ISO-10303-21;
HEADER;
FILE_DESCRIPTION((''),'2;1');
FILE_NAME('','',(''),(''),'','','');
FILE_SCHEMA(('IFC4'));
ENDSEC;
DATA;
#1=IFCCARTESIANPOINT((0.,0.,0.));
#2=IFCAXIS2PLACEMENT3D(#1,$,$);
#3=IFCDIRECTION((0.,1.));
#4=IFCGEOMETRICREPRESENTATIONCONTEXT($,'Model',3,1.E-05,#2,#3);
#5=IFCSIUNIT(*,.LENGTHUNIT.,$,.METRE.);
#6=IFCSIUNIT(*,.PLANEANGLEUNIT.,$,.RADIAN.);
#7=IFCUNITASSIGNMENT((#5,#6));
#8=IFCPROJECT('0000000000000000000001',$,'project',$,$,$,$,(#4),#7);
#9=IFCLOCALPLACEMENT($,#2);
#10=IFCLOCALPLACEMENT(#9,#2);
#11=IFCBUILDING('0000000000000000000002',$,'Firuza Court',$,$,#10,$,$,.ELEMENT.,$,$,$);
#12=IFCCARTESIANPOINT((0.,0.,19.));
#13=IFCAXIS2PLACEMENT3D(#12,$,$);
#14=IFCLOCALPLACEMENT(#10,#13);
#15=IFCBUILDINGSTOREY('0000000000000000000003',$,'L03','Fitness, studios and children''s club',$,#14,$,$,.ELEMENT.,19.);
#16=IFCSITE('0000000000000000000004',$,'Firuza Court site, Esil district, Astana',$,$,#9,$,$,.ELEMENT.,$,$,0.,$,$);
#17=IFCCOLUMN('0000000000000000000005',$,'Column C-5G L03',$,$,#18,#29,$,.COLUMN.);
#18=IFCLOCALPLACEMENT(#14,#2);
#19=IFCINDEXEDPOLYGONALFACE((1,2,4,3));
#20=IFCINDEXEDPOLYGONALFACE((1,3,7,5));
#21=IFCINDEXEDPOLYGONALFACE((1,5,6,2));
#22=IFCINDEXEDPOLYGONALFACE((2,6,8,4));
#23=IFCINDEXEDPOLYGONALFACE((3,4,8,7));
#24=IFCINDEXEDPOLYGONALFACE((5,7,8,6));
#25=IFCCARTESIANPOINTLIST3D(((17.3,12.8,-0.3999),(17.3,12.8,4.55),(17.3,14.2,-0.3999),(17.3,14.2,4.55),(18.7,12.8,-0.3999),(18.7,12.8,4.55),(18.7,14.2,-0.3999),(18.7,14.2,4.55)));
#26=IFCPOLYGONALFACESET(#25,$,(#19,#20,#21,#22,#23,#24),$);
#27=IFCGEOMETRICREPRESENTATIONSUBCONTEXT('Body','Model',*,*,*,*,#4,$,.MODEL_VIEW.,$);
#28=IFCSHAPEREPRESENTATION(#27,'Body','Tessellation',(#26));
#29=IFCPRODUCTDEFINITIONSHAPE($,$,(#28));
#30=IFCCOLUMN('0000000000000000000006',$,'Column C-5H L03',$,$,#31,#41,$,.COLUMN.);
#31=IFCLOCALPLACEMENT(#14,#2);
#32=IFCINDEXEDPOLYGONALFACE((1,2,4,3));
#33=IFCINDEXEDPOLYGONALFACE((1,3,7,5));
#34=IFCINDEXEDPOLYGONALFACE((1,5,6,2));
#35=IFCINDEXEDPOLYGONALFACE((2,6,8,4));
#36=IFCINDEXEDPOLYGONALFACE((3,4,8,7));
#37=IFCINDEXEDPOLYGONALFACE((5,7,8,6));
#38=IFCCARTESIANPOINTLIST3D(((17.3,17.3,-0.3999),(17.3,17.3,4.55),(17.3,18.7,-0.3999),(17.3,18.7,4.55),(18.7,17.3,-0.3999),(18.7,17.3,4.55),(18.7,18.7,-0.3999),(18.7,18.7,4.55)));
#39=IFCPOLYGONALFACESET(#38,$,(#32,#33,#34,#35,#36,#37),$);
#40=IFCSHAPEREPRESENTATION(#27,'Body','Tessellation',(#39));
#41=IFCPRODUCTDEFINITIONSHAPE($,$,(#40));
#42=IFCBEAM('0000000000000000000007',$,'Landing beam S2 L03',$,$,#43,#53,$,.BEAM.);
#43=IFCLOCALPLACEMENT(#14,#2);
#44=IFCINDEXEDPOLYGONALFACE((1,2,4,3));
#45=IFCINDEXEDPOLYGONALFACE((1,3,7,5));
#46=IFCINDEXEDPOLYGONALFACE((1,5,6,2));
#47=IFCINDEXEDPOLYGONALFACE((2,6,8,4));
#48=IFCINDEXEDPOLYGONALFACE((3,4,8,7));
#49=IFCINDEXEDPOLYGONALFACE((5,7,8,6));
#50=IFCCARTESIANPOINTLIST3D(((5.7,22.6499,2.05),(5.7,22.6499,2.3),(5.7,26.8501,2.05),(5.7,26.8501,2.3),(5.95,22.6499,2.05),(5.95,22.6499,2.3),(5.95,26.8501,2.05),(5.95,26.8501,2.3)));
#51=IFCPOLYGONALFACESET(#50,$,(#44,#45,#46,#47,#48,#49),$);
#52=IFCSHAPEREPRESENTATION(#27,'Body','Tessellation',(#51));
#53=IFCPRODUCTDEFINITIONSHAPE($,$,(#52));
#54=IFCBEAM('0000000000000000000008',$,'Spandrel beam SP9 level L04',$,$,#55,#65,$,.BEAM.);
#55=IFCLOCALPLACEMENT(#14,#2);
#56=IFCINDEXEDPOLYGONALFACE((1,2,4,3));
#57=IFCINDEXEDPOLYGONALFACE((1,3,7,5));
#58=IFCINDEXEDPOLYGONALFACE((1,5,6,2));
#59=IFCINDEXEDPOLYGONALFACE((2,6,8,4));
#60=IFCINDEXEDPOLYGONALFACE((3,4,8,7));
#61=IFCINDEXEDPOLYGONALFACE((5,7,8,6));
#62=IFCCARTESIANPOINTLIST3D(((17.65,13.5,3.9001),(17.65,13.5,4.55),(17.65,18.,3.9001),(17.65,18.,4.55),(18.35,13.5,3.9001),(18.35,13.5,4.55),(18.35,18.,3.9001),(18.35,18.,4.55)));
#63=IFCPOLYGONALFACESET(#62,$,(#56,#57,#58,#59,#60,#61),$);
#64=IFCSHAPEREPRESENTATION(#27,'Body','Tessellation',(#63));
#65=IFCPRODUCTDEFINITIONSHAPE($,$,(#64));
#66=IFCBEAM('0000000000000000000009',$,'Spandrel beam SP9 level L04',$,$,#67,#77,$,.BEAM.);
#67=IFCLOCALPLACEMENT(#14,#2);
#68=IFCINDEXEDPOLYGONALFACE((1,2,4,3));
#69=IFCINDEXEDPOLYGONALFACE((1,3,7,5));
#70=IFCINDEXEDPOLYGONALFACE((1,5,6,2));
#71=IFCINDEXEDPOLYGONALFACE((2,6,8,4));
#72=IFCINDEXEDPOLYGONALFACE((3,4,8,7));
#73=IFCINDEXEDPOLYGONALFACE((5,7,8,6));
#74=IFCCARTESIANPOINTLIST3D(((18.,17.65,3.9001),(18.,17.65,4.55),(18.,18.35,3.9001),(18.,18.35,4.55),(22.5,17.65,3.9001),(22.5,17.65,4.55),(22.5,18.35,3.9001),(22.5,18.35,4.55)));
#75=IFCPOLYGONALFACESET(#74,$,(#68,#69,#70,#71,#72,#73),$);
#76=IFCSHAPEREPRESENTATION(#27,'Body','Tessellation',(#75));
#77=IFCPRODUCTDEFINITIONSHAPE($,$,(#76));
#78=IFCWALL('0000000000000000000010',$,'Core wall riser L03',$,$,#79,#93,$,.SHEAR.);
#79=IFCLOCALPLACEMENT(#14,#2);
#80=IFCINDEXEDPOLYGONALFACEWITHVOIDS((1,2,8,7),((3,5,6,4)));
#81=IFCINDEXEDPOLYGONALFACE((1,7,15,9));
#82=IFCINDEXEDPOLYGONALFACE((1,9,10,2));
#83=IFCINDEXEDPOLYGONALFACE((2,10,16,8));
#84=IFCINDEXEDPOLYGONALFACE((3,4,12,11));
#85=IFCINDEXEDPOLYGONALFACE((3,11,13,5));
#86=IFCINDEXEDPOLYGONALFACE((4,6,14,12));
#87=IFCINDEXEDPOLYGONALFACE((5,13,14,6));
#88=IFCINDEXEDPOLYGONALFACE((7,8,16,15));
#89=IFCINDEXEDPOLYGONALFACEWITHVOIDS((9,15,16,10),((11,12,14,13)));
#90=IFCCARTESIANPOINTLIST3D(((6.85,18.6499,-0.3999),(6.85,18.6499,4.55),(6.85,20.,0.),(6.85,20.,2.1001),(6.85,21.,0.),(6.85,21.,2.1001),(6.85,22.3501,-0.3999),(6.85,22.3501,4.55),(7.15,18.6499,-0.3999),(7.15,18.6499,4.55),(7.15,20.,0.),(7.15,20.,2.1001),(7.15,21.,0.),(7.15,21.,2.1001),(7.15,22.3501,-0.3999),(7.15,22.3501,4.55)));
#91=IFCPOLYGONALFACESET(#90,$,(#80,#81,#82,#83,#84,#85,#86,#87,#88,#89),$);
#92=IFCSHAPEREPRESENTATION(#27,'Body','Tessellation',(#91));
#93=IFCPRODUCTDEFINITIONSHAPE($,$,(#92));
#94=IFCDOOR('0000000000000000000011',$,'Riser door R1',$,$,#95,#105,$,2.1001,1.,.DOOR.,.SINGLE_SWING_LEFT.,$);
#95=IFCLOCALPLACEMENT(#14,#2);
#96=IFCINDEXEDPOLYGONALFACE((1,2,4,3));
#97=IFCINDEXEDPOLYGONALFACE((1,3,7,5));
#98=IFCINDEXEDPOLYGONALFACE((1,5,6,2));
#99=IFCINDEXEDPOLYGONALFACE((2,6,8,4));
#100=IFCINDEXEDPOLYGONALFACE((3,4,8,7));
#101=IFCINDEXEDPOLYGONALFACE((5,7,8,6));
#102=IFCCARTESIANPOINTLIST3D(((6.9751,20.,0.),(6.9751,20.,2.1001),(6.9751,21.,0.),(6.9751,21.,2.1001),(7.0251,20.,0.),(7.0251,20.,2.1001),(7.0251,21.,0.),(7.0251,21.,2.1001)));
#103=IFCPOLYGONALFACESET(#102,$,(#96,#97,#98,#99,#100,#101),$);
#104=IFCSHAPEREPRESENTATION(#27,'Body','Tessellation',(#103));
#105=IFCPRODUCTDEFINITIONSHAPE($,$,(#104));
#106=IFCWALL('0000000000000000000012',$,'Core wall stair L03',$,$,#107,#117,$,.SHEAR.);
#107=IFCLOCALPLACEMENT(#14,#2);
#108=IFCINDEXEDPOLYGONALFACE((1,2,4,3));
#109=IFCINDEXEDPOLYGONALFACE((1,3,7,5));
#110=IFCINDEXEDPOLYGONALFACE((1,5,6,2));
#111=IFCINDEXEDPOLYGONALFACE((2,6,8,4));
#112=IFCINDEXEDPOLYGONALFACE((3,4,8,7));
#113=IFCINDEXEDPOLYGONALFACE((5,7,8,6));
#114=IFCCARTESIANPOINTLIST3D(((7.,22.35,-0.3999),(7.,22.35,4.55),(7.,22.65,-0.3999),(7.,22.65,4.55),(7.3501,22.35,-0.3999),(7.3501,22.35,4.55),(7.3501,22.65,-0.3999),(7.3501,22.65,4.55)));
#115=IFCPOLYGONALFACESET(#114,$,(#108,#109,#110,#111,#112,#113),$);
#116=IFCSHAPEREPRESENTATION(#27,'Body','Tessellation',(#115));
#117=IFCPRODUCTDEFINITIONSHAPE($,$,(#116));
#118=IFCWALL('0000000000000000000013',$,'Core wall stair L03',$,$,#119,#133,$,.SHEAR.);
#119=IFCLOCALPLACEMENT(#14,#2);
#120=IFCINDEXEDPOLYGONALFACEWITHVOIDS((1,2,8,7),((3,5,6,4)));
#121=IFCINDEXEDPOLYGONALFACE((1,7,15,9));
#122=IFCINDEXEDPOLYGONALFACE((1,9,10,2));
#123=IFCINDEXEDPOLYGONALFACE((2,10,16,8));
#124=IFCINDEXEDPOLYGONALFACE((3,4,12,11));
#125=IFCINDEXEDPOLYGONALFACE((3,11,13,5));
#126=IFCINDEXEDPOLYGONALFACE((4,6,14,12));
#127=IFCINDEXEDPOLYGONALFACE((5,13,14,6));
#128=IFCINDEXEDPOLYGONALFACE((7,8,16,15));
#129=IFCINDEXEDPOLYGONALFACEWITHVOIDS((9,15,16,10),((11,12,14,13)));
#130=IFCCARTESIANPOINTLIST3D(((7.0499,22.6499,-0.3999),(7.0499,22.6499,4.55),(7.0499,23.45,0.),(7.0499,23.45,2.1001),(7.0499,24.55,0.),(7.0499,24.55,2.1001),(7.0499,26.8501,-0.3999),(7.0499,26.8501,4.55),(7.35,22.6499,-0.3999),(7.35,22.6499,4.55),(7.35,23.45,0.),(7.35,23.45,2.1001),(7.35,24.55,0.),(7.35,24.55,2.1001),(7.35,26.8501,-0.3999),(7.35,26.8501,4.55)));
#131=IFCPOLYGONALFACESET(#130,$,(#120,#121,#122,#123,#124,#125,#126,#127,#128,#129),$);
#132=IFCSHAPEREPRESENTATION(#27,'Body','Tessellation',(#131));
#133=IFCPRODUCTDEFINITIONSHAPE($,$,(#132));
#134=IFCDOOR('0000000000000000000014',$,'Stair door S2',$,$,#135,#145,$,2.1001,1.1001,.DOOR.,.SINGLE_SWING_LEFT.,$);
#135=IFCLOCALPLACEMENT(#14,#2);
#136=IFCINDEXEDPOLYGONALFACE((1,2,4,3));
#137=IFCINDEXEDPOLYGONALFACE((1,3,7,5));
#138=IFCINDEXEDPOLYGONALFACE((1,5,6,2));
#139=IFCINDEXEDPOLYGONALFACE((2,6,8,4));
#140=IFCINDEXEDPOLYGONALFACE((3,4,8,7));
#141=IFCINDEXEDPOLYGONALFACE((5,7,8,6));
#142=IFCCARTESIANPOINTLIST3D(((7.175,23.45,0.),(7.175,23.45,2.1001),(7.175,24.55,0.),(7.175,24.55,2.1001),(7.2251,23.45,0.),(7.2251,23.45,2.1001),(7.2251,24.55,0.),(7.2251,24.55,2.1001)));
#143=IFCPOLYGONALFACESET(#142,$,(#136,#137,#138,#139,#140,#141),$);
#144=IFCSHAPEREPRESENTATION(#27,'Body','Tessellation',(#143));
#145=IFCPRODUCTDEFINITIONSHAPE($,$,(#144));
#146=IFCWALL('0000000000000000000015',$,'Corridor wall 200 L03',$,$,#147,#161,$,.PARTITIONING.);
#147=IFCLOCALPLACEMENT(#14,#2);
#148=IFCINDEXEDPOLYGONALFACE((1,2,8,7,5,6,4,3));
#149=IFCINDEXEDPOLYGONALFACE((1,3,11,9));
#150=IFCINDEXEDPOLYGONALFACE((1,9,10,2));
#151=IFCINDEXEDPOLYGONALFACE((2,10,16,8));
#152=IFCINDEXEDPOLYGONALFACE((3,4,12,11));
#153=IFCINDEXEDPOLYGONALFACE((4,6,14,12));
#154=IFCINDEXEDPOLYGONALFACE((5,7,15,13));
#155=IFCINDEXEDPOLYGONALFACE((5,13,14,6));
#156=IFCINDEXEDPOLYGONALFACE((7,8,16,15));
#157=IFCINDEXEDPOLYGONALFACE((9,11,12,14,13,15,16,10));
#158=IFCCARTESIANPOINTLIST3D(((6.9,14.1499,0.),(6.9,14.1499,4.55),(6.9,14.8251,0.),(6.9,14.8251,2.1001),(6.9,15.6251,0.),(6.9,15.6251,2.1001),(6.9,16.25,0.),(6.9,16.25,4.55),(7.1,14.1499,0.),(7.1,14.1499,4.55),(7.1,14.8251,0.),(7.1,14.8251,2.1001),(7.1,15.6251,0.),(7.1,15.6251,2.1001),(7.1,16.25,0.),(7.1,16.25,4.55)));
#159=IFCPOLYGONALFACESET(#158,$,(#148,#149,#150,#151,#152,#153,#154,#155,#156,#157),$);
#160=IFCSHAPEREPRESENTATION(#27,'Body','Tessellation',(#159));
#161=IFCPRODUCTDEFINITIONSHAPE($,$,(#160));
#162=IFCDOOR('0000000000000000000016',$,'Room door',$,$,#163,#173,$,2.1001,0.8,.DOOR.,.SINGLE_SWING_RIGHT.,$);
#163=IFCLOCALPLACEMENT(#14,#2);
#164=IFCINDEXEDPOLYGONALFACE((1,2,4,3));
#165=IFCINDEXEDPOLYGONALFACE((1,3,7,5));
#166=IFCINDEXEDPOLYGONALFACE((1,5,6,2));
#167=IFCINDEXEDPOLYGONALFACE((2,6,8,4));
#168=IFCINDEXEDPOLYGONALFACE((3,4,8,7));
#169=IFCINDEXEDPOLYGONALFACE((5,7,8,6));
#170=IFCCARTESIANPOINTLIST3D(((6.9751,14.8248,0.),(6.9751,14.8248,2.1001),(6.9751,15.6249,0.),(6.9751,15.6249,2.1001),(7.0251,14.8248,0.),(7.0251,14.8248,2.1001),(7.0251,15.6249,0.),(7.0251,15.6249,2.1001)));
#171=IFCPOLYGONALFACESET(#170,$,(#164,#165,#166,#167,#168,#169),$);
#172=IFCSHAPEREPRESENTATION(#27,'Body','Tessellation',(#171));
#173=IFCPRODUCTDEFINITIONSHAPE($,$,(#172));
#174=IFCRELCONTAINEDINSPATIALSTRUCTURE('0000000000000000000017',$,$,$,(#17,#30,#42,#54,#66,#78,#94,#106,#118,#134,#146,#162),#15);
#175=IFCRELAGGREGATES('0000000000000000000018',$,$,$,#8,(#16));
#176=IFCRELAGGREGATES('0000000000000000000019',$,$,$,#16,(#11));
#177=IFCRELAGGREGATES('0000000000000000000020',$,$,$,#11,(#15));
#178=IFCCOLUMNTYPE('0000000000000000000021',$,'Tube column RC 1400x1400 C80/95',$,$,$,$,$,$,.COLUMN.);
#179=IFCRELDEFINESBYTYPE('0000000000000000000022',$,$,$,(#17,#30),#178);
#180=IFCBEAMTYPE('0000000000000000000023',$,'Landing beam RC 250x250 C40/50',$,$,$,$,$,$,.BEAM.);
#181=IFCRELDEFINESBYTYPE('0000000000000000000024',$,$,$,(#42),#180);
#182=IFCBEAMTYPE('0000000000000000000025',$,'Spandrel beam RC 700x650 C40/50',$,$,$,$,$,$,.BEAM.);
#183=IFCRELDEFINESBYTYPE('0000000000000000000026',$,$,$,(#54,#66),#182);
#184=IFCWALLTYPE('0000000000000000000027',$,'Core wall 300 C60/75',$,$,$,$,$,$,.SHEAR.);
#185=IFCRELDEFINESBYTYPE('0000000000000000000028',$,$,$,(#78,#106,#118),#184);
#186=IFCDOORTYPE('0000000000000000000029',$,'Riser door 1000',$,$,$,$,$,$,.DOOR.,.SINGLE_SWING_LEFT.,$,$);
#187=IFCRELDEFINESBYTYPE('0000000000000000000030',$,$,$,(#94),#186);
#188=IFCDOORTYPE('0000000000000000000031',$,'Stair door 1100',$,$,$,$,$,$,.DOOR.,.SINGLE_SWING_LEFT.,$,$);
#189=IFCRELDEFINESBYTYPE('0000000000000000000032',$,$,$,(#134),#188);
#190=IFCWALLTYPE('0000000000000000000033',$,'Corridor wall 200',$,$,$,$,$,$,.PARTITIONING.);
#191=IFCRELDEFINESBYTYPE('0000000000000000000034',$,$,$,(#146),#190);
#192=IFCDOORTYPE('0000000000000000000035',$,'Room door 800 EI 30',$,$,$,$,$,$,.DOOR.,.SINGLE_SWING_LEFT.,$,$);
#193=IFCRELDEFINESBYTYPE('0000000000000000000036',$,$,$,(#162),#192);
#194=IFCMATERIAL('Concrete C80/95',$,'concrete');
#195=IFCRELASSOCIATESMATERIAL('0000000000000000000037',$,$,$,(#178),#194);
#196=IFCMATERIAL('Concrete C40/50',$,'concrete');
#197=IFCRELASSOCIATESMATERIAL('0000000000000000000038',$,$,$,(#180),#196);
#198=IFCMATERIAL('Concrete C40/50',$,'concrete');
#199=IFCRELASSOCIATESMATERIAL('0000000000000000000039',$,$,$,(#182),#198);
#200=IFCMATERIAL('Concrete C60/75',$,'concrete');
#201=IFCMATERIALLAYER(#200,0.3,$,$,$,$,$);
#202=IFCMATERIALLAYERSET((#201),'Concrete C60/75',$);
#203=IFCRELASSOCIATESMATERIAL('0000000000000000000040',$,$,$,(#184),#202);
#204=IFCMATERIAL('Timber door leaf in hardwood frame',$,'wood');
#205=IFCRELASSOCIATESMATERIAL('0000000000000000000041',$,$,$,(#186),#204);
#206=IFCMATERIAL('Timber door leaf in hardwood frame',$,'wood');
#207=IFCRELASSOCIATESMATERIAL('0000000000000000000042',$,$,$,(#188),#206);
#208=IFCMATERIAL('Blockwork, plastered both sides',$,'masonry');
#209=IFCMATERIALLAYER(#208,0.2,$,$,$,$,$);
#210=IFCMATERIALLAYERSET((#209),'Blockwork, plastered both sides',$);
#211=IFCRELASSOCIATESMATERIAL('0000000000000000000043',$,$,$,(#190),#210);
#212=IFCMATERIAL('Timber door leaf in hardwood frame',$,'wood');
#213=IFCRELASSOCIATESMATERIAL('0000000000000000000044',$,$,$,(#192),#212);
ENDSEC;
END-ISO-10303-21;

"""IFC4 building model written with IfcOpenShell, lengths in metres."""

from ifc_helpers import new_model, si_unit, direction, frame, frame_2d, origin, origin_2d, place, context, subcontext, project, spatial, rectangle, extrude, material, layer, layer_set, material_profile, profile_set, type_object, element, fill, save


model = new_model("IFC4")

# Units and contexts
model_context = context("Model", 3, precision=1e-05, world=origin(), true_north=direction((0.0, 1.0)))
body_context = subcontext(model_context, "Body", "Model", "MODEL_VIEW")
ifc_project = project(units=[si_unit("LENGTHUNIT", "METRE"), si_unit("PLANEANGLEUNIT", "RADIAN")], contexts=[model_context])

# Site, building, storey
site_placement = place(None, origin())
site = spatial("IfcSite", under=ifc_project, at=site_placement, Name="Firuza Court site, Esil district, Astana", CompositionType="ELEMENT", RefElevation=0.0)
building_placement = place(site_placement, origin())
building = spatial("IfcBuilding", under=site, at=building_placement, Name="Firuza Court", CompositionType="ELEMENT")
storey_placement = place(building_placement, frame((0.0, 0.0, 19.0)))
storey = spatial("IfcBuildingStorey", under=building, at=storey_placement, Name="L03", Description="Fitness, studios and children's club", CompositionType="ELEMENT", Elevation=19.0)

# Columns
ifc_material_1 = material(Name="Concrete C80/95", Category="concrete")
ifc_material_profile_1 = material_profile(ifc_material_1, rectangle(XDim=1.3999, YDim=1.3999, at=origin_2d()), Name="RC 1400x1400")
ifc_profile_set_1 = profile_set([ifc_material_profile_1], Name="Concrete C80/95")
column_type = type_object("IfcColumnType", Name="Tube column RC 1400x1400 C80/95", PredefinedType="COLUMN", material=ifc_profile_set_1)
for number, where, z_axis, x_axis, name in (
    (1, (18.0, 13.5, -0.3999), (0.0, 0.0, 1.0), (1.0, 0.0, 0.0), "Column C-5G L03"),
    (2, (18.0, 18.0, -0.3999), (0.0, 0.0, 1.0), (1.0, 0.0, 0.0), "Column C-5H L03"),
):
    element("IfcColumn", number, at=place(storey_placement, frame(where, z_axis=z_axis, x_axis=x_axis)), inside=storey, type_object=column_type, Name=name, PredefinedType="COLUMN", context=body_context, shape_type="SweptSolid", body=[
        extrude(rectangle(XDim=1.3999, YDim=1.3999, at=origin_2d()), origin(), (0.0, 0.0, 1.0), 4.95),
    ])

# Beams
ifc_material_2 = material(Name="Concrete C40/50", Category="concrete")
ifc_material_profile_2 = material_profile(ifc_material_2, rectangle(XDim=0.25, YDim=0.25, at=origin_2d()), Name="RC 250x250")
ifc_profile_set_2 = profile_set([ifc_material_profile_2], Name="Concrete C40/50")
beam_type_1 = type_object("IfcBeamType", Name="Landing beam RC 250x250 C40/50", PredefinedType="BEAM", material=ifc_profile_set_2)
beam_placement = place(storey_placement, frame((5.825, 22.6499, 2.175), z_axis=(0.0, 1.0, 0.0), x_axis=(-1.0, 0.0, 0.0)))
element("IfcBeam", 3, at=beam_placement, inside=storey, type_object=beam_type_1, Name="Landing beam S2 L03", PredefinedType="BEAM", context=body_context, shape_type="SweptSolid", body=[
    extrude(rectangle(XDim=0.25, YDim=0.25, at=origin_2d()), origin(), (0.0, 0.0, 1.0), 4.2002),
])
ifc_material_3 = material(Name="Concrete C40/50", Category="concrete")
ifc_material_profile_3 = material_profile(ifc_material_3, rectangle(XDim=0.7, YDim=0.6499, at=origin_2d()), Name="RC 700x650")
ifc_profile_set_3 = profile_set([ifc_material_profile_3], Name="Concrete C40/50")
beam_type_2 = type_object("IfcBeamType", Name="Spandrel beam RC 700x650 C40/50", PredefinedType="BEAM", material=ifc_profile_set_3)
for number, where, z_axis, x_axis, name in (
    (4, (18.0, 13.5, 4.2251), (0.0, 1.0, 0.0), (-1.0, 0.0, 0.0), "Spandrel beam SP9 level L04"),
    (5, (18.0, 18.0, 4.2251), (1.0, 0.0, 0.0), (0.0, 1.0, 0.0), "Spandrel beam SP9 level L04"),
):
    element("IfcBeam", number, at=place(storey_placement, frame(where, z_axis=z_axis, x_axis=x_axis)), inside=storey, type_object=beam_type_2, Name=name, PredefinedType="BEAM", context=body_context, shape_type="SweptSolid", body=[
        extrude(rectangle(XDim=0.7, YDim=0.6499, at=origin_2d()), origin(), (0.0, 0.0, 1.0), 4.5),
    ])

# Wall, opening, door
ifc_material_4 = material(Name="Concrete C60/75", Category="concrete")
ifc_layer_1 = layer(ifc_material_4, 0.3)
ifc_layer_set_1 = layer_set([ifc_layer_1], Name="Concrete C60/75")
wall_type_1 = type_object("IfcWallType", Name="Core wall 300 C60/75", PredefinedType="SHEAR", material=ifc_layer_set_1)
wall_1_placement = place(storey_placement, frame((7.0, 18.6499, -0.3999), z_axis=(0.0, 0.0, 1.0), x_axis=(0.0, 1.0, 0.0)))
wall_1 = element("IfcWall", 6, at=wall_1_placement, inside=storey, type_object=wall_type_1, Name="Core wall riser L03", PredefinedType="SHEAR", context=body_context, shape_type="SweptSolid", body=[
    extrude(rectangle(XDim=3.7002, YDim=0.3, at=frame_2d((1.8501, 0.0))), origin(), (0.0, 0.0, 1.0), 4.95),
])
opening_1_placement = place(wall_1_placement, frame((1.3501, 0.0, 0.3999)))
opening_1 = element("IfcOpeningElement", 7, at=opening_1_placement, cuts=wall_1, PredefinedType="OPENING", context=body_context, shape_type="SweptSolid", body=[
    extrude(rectangle(XDim=1.0, YDim=2.1001, at=frame_2d((0.5, 1.05))), frame((0.0, 0.1621, 0.0), z_axis=(0.0, -1.0, 0.0), x_axis=(1.0, 0.0, 0.0)), (0.0, 0.0, 1.0), 0.324),
])
ifc_material_5 = material(Name="Timber door leaf in hardwood frame", Category="wood")
door_type_1 = type_object("IfcDoorType", Name="Riser door 1000", OperationType="SINGLE_SWING_LEFT", PredefinedType="DOOR", material=ifc_material_5)
door_1_placement = place(opening_1_placement, origin())
door_1 = element("IfcDoor", 8, at=door_1_placement, inside=storey, type_object=door_type_1, Name="Riser door R1", OperationType="SINGLE_SWING_LEFT", OverallHeight=2.1001, OverallWidth=1.0, PredefinedType="DOOR", context=body_context, shape_type="SweptSolid", body=[
    extrude(rectangle(XDim=1.0, YDim=2.1001, at=frame_2d((0.5, 1.05))), frame((0.0, 0.0249, 0.0), z_axis=(0.0, -1.0, 0.0), x_axis=(1.0, 0.0, 0.0)), (0.0, 0.0, 1.0), 0.05),
])
fill(opening_1, door_1)

# Wall
wall_2_placement = place(storey_placement, frame((7.0, 22.5, -0.3999), z_axis=(0.0, 0.0, 1.0), x_axis=(1.0, 0.0, 0.0)))
element("IfcWall", 9, at=wall_2_placement, inside=storey, type_object=wall_type_1, Name="Core wall stair L03", PredefinedType="SHEAR", context=body_context, shape_type="SweptSolid", body=[
    extrude(rectangle(XDim=0.3501, YDim=0.3, at=frame_2d((0.175, 0.0))), origin(), (0.0, 0.0, 1.0), 4.95),
])

# Walls, openings, doors
wall_3_placement = place(storey_placement, frame((7.2, 22.6499, -0.3999), z_axis=(0.0, 0.0, 1.0), x_axis=(0.0, 1.0, 0.0)))
wall_3 = element("IfcWall", 10, at=wall_3_placement, inside=storey, type_object=wall_type_1, Name="Core wall stair L03", PredefinedType="SHEAR", context=body_context, shape_type="SweptSolid", body=[
    extrude(rectangle(XDim=4.2002, YDim=0.3, at=frame_2d((2.1001, 0.0))), origin(), (0.0, 0.0, 1.0), 4.95),
])
opening_2_placement = place(wall_3_placement, frame((0.8, 0.0, 0.3999)))
opening_2 = element("IfcOpeningElement", 11, at=opening_2_placement, cuts=wall_3, PredefinedType="OPENING", context=body_context, shape_type="SweptSolid", body=[
    extrude(rectangle(XDim=1.1001, YDim=2.1001, at=frame_2d((0.55, 1.05))), frame((0.0, 0.1621, 0.0), z_axis=(0.0, -1.0, 0.0), x_axis=(1.0, 0.0, 0.0)), (0.0, 0.0, 1.0), 0.324),
])
ifc_material_6 = material(Name="Timber door leaf in hardwood frame", Category="wood")
door_type_2 = type_object("IfcDoorType", Name="Stair door 1100", OperationType="SINGLE_SWING_LEFT", PredefinedType="DOOR", material=ifc_material_6)
door_2_placement = place(opening_2_placement, origin())
door_2 = element("IfcDoor", 12, at=door_2_placement, inside=storey, type_object=door_type_2, Name="Stair door S2", OperationType="SINGLE_SWING_LEFT", OverallHeight=2.1001, OverallWidth=1.1001, PredefinedType="DOOR", context=body_context, shape_type="SweptSolid", body=[
    extrude(rectangle(XDim=1.1001, YDim=2.1001, at=frame_2d((0.55, 1.05))), frame((0.0, 0.0249, 0.0), z_axis=(0.0, -1.0, 0.0), x_axis=(1.0, 0.0, 0.0)), (0.0, 0.0, 1.0), 0.05),
])
fill(opening_2, door_2)
ifc_material_7 = material(Name="Blockwork, plastered both sides", Category="masonry")
ifc_layer_2 = layer(ifc_material_7, 0.2)
ifc_layer_set_2 = layer_set([ifc_layer_2], Name="Blockwork, plastered both sides")
wall_type_2 = type_object("IfcWallType", Name="Corridor wall 200", PredefinedType="PARTITIONING", material=ifc_layer_set_2)
wall_4_placement = place(storey_placement, frame((7.0, 16.25, 0.0), z_axis=(0.0, 0.0, 1.0), x_axis=(0.0, -1.0, 0.0)))
wall_4 = element("IfcWall", 13, at=wall_4_placement, inside=storey, type_object=wall_type_2, Name="Corridor wall 200 L03", PredefinedType="PARTITIONING", context=body_context, shape_type="SweptSolid", body=[
    extrude(rectangle(XDim=2.1001, YDim=0.2, at=frame_2d((1.05, 0.0))), origin(), (0.0, 0.0, 1.0), 4.55),
])
opening_3_placement = place(wall_4_placement, frame((0.625, 0.0, 0.0)))
opening_3 = element("IfcOpeningElement", 14, at=opening_3_placement, cuts=wall_4, PredefinedType="OPENING", context=body_context, shape_type="SweptSolid", body=[
    extrude(rectangle(XDim=0.8, YDim=2.1001, at=frame_2d((0.3999, 1.05))), frame((0.0, 0.1118, 0.0), z_axis=(0.0, -1.0, 0.0), x_axis=(1.0, 0.0, 0.0)), (0.0, 0.0, 1.0), 0.2239),
])
ifc_material_8 = material(Name="Timber door leaf in hardwood frame", Category="wood")
door_type_3 = type_object("IfcDoorType", Name="Room door 800 EI 30", OperationType="SINGLE_SWING_LEFT", PredefinedType="DOOR", material=ifc_material_8)
door_3_placement = place(opening_3_placement, frame((0.8, 0.0, 0.0), z_axis=(0.0, 0.0, 1.0), x_axis=(-1.0, 0.0, 0.0)))
door_3 = element("IfcDoor", 15, at=door_3_placement, inside=storey, type_object=door_type_3, Name="Room door", OperationType="SINGLE_SWING_RIGHT", OverallHeight=2.1001, OverallWidth=0.8, PredefinedType="DOOR", context=body_context, shape_type="SweptSolid", body=[
    extrude(rectangle(XDim=0.8, YDim=2.1001, at=frame_2d((0.3999, 1.05))), frame((0.0, 0.0249, 0.0), z_axis=(0.0, -1.0, 0.0), x_axis=(1.0, 0.0, 0.0)), (0.0, 0.0, 1.0), 0.05),
])
fill(opening_3, door_3)

save(model, "model.ifc")
